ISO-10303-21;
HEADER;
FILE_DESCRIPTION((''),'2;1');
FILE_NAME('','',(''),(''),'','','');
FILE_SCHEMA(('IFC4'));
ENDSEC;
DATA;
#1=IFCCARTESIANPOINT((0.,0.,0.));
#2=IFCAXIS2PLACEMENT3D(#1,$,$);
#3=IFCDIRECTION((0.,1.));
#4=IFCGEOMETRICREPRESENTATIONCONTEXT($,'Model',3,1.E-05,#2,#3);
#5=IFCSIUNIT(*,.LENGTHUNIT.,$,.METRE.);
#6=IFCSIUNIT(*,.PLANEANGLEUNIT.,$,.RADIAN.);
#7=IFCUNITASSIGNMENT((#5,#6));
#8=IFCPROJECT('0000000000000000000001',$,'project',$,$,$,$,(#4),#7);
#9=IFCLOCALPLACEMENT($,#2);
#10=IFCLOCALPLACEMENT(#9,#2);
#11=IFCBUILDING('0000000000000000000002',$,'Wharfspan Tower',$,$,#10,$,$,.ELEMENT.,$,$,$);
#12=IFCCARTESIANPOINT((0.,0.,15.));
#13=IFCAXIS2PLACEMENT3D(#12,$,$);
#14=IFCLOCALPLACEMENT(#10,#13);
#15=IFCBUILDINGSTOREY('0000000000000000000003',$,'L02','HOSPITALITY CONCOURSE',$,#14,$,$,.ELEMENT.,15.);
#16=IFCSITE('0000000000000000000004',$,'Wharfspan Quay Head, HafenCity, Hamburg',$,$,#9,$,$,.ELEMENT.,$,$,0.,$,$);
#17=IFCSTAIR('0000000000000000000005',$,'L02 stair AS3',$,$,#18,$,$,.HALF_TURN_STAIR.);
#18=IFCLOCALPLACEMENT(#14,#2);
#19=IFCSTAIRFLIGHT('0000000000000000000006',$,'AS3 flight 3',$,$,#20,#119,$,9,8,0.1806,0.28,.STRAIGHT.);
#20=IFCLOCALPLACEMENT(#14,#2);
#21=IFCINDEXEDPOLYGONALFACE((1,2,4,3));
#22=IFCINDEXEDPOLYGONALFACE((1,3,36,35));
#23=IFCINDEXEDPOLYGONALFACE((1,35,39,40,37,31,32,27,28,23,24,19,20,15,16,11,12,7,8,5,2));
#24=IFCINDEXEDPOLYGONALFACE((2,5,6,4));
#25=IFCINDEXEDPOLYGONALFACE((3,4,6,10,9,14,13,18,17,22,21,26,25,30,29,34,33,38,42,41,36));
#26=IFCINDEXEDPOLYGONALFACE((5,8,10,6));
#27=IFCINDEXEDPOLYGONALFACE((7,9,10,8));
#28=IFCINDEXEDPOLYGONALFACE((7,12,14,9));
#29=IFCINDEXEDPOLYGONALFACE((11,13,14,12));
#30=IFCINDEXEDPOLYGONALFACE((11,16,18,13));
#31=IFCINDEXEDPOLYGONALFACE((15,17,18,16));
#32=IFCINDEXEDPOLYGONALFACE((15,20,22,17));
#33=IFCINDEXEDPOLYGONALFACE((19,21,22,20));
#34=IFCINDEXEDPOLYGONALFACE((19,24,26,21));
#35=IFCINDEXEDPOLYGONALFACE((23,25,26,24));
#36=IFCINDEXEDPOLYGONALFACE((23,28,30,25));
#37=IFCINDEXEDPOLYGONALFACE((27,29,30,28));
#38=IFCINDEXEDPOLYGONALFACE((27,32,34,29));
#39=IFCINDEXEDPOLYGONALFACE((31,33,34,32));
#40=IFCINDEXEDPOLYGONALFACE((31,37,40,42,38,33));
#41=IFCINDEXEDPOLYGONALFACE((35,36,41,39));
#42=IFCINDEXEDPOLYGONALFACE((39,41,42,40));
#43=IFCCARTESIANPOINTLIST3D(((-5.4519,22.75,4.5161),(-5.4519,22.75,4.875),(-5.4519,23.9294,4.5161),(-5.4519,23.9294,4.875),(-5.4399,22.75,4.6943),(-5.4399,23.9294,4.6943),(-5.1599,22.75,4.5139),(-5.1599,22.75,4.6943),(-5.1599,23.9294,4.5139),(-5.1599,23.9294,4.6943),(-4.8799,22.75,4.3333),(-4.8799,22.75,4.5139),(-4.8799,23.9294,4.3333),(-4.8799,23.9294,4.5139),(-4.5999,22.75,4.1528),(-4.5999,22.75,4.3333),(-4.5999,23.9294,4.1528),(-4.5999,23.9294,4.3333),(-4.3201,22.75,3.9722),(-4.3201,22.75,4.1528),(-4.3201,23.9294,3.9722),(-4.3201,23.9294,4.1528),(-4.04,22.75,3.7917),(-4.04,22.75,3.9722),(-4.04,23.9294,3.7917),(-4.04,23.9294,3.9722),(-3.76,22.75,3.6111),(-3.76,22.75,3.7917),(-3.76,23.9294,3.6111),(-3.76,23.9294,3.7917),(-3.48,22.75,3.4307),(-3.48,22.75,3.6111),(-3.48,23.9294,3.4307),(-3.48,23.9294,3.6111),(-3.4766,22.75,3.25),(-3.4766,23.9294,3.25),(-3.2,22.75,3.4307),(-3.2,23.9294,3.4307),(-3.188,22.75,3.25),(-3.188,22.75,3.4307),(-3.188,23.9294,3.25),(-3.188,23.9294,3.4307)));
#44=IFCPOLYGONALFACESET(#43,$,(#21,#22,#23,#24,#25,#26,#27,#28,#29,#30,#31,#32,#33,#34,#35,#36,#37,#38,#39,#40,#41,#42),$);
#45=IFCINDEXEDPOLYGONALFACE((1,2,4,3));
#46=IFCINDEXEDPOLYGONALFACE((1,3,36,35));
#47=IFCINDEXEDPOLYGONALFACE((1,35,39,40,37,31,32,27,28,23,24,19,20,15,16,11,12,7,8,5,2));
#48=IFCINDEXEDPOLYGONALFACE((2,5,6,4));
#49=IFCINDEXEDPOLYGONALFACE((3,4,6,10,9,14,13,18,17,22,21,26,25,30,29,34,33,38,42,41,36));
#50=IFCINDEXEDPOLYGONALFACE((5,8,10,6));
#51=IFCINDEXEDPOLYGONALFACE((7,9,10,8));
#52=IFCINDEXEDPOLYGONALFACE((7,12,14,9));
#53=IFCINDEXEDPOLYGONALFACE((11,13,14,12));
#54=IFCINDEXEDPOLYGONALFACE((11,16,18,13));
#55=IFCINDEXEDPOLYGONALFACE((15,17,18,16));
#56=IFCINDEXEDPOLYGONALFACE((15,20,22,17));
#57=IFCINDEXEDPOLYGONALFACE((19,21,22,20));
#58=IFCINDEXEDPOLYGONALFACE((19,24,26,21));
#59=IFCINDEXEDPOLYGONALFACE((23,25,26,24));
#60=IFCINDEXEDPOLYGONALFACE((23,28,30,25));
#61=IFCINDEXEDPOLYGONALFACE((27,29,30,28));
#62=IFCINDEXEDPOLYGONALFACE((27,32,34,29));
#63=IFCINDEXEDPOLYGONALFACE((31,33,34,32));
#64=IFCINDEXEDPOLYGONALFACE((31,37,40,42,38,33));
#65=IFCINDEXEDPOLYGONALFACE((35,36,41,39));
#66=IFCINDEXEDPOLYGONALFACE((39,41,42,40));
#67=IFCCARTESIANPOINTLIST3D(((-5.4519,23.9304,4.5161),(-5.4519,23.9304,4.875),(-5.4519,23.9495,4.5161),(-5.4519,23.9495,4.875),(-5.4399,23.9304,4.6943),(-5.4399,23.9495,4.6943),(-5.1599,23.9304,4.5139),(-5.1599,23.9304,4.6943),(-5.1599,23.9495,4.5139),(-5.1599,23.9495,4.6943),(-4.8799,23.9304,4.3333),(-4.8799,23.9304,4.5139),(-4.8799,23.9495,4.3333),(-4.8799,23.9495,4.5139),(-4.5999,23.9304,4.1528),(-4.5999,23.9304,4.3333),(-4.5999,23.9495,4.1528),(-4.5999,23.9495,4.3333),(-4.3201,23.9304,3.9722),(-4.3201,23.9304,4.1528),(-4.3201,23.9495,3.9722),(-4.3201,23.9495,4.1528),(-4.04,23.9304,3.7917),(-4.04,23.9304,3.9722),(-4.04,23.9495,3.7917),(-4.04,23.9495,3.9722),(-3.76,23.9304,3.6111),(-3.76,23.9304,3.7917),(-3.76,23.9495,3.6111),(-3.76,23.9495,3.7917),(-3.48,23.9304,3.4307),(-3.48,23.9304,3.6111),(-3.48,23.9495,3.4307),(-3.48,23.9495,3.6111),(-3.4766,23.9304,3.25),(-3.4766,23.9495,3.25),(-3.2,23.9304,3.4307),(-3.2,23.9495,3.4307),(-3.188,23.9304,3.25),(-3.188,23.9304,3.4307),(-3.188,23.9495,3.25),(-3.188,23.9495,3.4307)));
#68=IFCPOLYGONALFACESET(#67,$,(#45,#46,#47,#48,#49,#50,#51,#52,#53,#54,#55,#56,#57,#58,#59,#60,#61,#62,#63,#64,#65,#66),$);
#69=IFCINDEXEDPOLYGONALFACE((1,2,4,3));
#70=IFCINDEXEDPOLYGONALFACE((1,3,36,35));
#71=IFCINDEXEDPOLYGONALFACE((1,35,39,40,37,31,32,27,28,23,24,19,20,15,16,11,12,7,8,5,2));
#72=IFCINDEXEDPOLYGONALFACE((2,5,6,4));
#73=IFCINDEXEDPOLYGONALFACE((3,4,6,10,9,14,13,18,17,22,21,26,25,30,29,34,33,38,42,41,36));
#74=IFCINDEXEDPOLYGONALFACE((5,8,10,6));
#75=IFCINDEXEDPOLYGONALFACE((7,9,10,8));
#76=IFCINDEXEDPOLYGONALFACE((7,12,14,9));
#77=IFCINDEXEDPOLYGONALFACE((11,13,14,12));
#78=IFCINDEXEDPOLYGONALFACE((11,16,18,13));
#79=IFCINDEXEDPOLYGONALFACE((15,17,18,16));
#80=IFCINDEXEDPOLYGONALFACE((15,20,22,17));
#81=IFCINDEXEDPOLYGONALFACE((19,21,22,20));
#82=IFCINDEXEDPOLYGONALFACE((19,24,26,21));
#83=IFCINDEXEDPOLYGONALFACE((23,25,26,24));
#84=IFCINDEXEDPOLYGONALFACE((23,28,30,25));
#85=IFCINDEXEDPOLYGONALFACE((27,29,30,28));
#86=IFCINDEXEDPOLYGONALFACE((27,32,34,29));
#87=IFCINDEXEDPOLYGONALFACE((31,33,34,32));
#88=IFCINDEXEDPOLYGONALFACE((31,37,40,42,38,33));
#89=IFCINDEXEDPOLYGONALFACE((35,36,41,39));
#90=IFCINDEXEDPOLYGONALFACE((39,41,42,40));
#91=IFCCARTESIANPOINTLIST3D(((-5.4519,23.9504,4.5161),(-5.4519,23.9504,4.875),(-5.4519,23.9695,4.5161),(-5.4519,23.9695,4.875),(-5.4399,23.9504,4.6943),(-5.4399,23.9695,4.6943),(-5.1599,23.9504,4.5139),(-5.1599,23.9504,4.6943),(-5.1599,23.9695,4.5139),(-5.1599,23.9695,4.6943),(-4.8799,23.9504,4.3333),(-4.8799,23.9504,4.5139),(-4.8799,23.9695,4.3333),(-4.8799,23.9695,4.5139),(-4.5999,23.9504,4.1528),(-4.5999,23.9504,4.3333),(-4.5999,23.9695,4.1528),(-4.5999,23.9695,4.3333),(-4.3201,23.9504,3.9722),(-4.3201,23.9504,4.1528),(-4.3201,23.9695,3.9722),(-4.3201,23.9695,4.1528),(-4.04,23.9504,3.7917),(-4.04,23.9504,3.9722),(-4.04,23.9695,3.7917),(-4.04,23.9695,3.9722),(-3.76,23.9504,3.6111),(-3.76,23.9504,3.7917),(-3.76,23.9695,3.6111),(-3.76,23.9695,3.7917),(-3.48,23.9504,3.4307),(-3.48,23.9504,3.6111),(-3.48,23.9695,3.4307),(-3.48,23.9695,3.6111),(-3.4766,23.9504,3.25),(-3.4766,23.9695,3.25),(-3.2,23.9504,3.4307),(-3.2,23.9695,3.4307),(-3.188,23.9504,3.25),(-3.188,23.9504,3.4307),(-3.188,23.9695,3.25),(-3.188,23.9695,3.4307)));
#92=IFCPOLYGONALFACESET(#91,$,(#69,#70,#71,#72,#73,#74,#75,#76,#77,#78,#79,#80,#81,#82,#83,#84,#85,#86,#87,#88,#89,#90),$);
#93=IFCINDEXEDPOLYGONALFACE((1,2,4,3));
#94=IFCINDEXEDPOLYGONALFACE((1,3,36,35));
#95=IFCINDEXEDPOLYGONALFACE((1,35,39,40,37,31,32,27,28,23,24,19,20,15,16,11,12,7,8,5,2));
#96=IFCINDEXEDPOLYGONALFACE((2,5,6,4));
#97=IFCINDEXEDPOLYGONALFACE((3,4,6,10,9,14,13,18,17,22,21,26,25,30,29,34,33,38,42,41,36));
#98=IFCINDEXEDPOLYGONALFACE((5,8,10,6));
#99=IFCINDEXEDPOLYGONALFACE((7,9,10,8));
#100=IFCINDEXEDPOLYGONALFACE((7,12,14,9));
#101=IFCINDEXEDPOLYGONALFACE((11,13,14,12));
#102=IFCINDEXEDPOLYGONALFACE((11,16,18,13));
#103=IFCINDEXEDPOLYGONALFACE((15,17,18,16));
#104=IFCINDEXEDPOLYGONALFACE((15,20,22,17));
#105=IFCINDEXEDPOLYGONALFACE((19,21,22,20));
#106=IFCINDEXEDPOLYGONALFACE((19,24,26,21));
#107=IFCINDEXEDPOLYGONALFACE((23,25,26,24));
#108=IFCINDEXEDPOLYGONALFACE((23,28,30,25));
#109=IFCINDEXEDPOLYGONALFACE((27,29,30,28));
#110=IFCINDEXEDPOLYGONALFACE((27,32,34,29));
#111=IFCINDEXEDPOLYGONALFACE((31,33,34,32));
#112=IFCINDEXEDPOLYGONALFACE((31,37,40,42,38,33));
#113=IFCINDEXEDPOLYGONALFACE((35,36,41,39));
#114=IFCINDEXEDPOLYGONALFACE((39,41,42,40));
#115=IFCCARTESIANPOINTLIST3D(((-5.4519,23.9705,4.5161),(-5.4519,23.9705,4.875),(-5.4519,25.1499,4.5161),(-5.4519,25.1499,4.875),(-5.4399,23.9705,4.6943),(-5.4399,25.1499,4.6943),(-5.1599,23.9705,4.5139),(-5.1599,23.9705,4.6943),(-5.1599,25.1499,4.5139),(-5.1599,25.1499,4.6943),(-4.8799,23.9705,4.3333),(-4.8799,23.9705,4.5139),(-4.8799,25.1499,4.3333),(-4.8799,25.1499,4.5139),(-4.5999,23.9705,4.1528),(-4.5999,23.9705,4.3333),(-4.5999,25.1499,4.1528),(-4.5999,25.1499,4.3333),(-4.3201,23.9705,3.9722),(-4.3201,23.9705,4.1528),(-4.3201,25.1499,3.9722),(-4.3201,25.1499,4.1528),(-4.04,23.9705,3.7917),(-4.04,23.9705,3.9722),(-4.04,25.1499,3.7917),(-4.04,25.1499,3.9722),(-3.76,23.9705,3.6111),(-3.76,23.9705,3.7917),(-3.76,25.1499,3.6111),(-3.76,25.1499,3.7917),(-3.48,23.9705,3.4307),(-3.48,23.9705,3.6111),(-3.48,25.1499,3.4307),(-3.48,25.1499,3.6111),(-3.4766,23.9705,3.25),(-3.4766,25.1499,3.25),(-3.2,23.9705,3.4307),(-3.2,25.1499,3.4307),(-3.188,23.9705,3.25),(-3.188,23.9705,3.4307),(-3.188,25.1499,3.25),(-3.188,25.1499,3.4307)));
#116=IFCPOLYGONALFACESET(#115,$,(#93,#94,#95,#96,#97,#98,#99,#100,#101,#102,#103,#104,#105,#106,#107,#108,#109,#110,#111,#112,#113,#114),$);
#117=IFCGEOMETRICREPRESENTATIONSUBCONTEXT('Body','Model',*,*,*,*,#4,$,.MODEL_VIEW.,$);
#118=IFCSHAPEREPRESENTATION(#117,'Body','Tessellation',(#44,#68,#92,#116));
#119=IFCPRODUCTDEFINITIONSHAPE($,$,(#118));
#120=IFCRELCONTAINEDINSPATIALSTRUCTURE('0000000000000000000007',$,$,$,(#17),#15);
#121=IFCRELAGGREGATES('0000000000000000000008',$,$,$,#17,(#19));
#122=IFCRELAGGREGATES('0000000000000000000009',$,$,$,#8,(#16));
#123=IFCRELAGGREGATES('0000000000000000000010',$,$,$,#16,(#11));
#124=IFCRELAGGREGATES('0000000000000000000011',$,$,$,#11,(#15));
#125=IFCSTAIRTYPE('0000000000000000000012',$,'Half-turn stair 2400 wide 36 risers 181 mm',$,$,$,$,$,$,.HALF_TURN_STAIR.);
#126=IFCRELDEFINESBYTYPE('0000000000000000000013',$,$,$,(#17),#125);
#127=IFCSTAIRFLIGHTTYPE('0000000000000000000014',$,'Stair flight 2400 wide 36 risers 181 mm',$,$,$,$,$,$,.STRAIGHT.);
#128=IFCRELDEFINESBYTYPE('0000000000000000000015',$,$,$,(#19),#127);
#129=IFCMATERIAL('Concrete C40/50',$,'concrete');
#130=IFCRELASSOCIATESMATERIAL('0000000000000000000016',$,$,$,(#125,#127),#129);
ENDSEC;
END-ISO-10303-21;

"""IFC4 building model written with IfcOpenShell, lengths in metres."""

from ifc_helpers import new_model, si_unit, direction, frame, origin, place, context, subcontext, project, spatial, polyline, outline, extrude, material, type_object, element, aggregate, save


model = new_model("IFC4")

# Units and contexts
model_context = context("Model", 3, precision=1e-05, world=origin(), true_north=direction((0.0, 1.0)))
body_context = subcontext(model_context, "Body", "Model", "MODEL_VIEW")
ifc_project = project(units=[si_unit("LENGTHUNIT", "METRE"), si_unit("PLANEANGLEUNIT", "RADIAN")], contexts=[model_context])

# Site, building, storey
site_placement = place(None, origin())
site = spatial("IfcSite", under=ifc_project, at=site_placement, Name="Wharfspan Quay Head, HafenCity, Hamburg", CompositionType="ELEMENT", RefElevation=0.0)
building_placement = place(site_placement, origin())
building = spatial("IfcBuilding", under=site, at=building_placement, Name="Wharfspan Tower", CompositionType="ELEMENT")
storey_placement = place(building_placement, frame((0.0, 0.0, 15.0)))
storey = spatial("IfcBuildingStorey", under=building, at=storey_placement, Name="L02", Description="HOSPITALITY CONCOURSE", CompositionType="ELEMENT", Elevation=15.0)

# Stair, stair flight
ifc_material_1 = material(Name="Concrete C40/50", Category="concrete")
stair_type = type_object("IfcStairType", Name="Half-turn stair 2400 wide 36 risers 181 mm", PredefinedType="HALF_TURN_STAIR", material=ifc_material_1)
stair_1_placement = place(storey_placement, origin())
stair_1 = element("IfcStair", 1, at=stair_1_placement, inside=storey, type_object=stair_type, Name="L02 stair AS3", PredefinedType="HALF_TURN_STAIR")
stair_flight_type = type_object("IfcStairFlightType", Name="Stair flight 2400 wide 36 risers 181 mm", PredefinedType="STRAIGHT", material=ifc_material_1)
stair_flight_1_placement = place(storey_placement, frame((-3.2, 23.95, 3.25), z_axis=(0.0, 0.0, 1.0), x_axis=(-1.0, 0.0, 0.0)))
stair_flight_1 = element("IfcStairFlight", 2, at=stair_flight_1_placement, type_object=stair_flight_type, Name="AS3 flight 3", NumberOfRisers=9, NumberOfTreads=8, PredefinedType="STRAIGHT", RiserHeight=0.1806, TreadLength=0.28, context=body_context, shape_type="SweptSolid", body=[
    extrude(outline(polyline([(-0.012, 0.0), (-0.012, 0.1807), (0.0, 0.1807), (0.28, 0.1807), (0.28, 0.3611), (0.5601, 0.3611), (0.5601, 0.5417), (0.8401, 0.5417), (0.8401, 0.7222), (1.1201, 0.7222), (1.1201, 0.9028), (1.3999, 0.9028), (1.3999, 1.0833), (1.6799, 1.0833), (1.6799, 1.2639), (1.96, 1.2639), (1.96, 1.4443), (2.24, 1.4443), (2.252, 1.625), (2.252, 1.2661), (0.2766, 0.0), (-0.012, 0.0)])), frame((0.0, 1.2, 0.0), z_axis=(0.0, -1.0, 0.0), x_axis=(1.0, 0.0, 0.0)), (0.0, 0.0, 1.0), 1.1794),
    extrude(outline(polyline([(-0.012, 0.0), (-0.012, 0.1807), (0.0, 0.1807), (0.28, 0.1807), (0.28, 0.3611), (0.5601, 0.3611), (0.5601, 0.5417), (0.8401, 0.5417), (0.8401, 0.7222), (1.1201, 0.7222), (1.1201, 0.9028), (1.3999, 0.9028), (1.3999, 1.0833), (1.6799, 1.0833), (1.6799, 1.2639), (1.96, 1.2639), (1.96, 1.4443), (2.24, 1.4443), (2.252, 1.625), (2.252, 1.2661), (0.2766, 0.0), (-0.012, 0.0)])), frame((0.0, 0.0195, 0.0), z_axis=(0.0, -1.0, 0.0), x_axis=(1.0, 0.0, 0.0)), (0.0, 0.0, 1.0), 0.019),
    extrude(outline(polyline([(-0.012, 0.0), (-0.012, 0.1807), (0.0, 0.1807), (0.28, 0.1807), (0.28, 0.3611), (0.5601, 0.3611), (0.5601, 0.5417), (0.8401, 0.5417), (0.8401, 0.7222), (1.1201, 0.7222), (1.1201, 0.9028), (1.3999, 0.9028), (1.3999, 1.0833), (1.6799, 1.0833), (1.6799, 1.2639), (1.96, 1.2639), (1.96, 1.4443), (2.24, 1.4443), (2.252, 1.625), (2.252, 1.2661), (0.2766, 0.0), (-0.012, 0.0)])), frame((0.0, -0.0005, 0.0), z_axis=(0.0, -1.0, 0.0), x_axis=(1.0, 0.0, 0.0)), (0.0, 0.0, 1.0), 0.019),
    extrude(outline(polyline([(-0.012, 0.0), (-0.012, 0.1807), (0.0, 0.1807), (0.28, 0.1807), (0.28, 0.3611), (0.5601, 0.3611), (0.5601, 0.5417), (0.8401, 0.5417), (0.8401, 0.7222), (1.1201, 0.7222), (1.1201, 0.9028), (1.3999, 0.9028), (1.3999, 1.0833), (1.6799, 1.0833), (1.6799, 1.2639), (1.96, 1.2639), (1.96, 1.4443), (2.24, 1.4443), (2.252, 1.625), (2.252, 1.2661), (0.2766, 0.0), (-0.012, 0.0)])), frame((0.0, -0.0205, 0.0), z_axis=(0.0, -1.0, 0.0), x_axis=(1.0, 0.0, 0.0)), (0.0, 0.0, 1.0), 1.1794),
])
aggregate(stair_1, [stair_flight_1])

save(model, "model.ifc")
